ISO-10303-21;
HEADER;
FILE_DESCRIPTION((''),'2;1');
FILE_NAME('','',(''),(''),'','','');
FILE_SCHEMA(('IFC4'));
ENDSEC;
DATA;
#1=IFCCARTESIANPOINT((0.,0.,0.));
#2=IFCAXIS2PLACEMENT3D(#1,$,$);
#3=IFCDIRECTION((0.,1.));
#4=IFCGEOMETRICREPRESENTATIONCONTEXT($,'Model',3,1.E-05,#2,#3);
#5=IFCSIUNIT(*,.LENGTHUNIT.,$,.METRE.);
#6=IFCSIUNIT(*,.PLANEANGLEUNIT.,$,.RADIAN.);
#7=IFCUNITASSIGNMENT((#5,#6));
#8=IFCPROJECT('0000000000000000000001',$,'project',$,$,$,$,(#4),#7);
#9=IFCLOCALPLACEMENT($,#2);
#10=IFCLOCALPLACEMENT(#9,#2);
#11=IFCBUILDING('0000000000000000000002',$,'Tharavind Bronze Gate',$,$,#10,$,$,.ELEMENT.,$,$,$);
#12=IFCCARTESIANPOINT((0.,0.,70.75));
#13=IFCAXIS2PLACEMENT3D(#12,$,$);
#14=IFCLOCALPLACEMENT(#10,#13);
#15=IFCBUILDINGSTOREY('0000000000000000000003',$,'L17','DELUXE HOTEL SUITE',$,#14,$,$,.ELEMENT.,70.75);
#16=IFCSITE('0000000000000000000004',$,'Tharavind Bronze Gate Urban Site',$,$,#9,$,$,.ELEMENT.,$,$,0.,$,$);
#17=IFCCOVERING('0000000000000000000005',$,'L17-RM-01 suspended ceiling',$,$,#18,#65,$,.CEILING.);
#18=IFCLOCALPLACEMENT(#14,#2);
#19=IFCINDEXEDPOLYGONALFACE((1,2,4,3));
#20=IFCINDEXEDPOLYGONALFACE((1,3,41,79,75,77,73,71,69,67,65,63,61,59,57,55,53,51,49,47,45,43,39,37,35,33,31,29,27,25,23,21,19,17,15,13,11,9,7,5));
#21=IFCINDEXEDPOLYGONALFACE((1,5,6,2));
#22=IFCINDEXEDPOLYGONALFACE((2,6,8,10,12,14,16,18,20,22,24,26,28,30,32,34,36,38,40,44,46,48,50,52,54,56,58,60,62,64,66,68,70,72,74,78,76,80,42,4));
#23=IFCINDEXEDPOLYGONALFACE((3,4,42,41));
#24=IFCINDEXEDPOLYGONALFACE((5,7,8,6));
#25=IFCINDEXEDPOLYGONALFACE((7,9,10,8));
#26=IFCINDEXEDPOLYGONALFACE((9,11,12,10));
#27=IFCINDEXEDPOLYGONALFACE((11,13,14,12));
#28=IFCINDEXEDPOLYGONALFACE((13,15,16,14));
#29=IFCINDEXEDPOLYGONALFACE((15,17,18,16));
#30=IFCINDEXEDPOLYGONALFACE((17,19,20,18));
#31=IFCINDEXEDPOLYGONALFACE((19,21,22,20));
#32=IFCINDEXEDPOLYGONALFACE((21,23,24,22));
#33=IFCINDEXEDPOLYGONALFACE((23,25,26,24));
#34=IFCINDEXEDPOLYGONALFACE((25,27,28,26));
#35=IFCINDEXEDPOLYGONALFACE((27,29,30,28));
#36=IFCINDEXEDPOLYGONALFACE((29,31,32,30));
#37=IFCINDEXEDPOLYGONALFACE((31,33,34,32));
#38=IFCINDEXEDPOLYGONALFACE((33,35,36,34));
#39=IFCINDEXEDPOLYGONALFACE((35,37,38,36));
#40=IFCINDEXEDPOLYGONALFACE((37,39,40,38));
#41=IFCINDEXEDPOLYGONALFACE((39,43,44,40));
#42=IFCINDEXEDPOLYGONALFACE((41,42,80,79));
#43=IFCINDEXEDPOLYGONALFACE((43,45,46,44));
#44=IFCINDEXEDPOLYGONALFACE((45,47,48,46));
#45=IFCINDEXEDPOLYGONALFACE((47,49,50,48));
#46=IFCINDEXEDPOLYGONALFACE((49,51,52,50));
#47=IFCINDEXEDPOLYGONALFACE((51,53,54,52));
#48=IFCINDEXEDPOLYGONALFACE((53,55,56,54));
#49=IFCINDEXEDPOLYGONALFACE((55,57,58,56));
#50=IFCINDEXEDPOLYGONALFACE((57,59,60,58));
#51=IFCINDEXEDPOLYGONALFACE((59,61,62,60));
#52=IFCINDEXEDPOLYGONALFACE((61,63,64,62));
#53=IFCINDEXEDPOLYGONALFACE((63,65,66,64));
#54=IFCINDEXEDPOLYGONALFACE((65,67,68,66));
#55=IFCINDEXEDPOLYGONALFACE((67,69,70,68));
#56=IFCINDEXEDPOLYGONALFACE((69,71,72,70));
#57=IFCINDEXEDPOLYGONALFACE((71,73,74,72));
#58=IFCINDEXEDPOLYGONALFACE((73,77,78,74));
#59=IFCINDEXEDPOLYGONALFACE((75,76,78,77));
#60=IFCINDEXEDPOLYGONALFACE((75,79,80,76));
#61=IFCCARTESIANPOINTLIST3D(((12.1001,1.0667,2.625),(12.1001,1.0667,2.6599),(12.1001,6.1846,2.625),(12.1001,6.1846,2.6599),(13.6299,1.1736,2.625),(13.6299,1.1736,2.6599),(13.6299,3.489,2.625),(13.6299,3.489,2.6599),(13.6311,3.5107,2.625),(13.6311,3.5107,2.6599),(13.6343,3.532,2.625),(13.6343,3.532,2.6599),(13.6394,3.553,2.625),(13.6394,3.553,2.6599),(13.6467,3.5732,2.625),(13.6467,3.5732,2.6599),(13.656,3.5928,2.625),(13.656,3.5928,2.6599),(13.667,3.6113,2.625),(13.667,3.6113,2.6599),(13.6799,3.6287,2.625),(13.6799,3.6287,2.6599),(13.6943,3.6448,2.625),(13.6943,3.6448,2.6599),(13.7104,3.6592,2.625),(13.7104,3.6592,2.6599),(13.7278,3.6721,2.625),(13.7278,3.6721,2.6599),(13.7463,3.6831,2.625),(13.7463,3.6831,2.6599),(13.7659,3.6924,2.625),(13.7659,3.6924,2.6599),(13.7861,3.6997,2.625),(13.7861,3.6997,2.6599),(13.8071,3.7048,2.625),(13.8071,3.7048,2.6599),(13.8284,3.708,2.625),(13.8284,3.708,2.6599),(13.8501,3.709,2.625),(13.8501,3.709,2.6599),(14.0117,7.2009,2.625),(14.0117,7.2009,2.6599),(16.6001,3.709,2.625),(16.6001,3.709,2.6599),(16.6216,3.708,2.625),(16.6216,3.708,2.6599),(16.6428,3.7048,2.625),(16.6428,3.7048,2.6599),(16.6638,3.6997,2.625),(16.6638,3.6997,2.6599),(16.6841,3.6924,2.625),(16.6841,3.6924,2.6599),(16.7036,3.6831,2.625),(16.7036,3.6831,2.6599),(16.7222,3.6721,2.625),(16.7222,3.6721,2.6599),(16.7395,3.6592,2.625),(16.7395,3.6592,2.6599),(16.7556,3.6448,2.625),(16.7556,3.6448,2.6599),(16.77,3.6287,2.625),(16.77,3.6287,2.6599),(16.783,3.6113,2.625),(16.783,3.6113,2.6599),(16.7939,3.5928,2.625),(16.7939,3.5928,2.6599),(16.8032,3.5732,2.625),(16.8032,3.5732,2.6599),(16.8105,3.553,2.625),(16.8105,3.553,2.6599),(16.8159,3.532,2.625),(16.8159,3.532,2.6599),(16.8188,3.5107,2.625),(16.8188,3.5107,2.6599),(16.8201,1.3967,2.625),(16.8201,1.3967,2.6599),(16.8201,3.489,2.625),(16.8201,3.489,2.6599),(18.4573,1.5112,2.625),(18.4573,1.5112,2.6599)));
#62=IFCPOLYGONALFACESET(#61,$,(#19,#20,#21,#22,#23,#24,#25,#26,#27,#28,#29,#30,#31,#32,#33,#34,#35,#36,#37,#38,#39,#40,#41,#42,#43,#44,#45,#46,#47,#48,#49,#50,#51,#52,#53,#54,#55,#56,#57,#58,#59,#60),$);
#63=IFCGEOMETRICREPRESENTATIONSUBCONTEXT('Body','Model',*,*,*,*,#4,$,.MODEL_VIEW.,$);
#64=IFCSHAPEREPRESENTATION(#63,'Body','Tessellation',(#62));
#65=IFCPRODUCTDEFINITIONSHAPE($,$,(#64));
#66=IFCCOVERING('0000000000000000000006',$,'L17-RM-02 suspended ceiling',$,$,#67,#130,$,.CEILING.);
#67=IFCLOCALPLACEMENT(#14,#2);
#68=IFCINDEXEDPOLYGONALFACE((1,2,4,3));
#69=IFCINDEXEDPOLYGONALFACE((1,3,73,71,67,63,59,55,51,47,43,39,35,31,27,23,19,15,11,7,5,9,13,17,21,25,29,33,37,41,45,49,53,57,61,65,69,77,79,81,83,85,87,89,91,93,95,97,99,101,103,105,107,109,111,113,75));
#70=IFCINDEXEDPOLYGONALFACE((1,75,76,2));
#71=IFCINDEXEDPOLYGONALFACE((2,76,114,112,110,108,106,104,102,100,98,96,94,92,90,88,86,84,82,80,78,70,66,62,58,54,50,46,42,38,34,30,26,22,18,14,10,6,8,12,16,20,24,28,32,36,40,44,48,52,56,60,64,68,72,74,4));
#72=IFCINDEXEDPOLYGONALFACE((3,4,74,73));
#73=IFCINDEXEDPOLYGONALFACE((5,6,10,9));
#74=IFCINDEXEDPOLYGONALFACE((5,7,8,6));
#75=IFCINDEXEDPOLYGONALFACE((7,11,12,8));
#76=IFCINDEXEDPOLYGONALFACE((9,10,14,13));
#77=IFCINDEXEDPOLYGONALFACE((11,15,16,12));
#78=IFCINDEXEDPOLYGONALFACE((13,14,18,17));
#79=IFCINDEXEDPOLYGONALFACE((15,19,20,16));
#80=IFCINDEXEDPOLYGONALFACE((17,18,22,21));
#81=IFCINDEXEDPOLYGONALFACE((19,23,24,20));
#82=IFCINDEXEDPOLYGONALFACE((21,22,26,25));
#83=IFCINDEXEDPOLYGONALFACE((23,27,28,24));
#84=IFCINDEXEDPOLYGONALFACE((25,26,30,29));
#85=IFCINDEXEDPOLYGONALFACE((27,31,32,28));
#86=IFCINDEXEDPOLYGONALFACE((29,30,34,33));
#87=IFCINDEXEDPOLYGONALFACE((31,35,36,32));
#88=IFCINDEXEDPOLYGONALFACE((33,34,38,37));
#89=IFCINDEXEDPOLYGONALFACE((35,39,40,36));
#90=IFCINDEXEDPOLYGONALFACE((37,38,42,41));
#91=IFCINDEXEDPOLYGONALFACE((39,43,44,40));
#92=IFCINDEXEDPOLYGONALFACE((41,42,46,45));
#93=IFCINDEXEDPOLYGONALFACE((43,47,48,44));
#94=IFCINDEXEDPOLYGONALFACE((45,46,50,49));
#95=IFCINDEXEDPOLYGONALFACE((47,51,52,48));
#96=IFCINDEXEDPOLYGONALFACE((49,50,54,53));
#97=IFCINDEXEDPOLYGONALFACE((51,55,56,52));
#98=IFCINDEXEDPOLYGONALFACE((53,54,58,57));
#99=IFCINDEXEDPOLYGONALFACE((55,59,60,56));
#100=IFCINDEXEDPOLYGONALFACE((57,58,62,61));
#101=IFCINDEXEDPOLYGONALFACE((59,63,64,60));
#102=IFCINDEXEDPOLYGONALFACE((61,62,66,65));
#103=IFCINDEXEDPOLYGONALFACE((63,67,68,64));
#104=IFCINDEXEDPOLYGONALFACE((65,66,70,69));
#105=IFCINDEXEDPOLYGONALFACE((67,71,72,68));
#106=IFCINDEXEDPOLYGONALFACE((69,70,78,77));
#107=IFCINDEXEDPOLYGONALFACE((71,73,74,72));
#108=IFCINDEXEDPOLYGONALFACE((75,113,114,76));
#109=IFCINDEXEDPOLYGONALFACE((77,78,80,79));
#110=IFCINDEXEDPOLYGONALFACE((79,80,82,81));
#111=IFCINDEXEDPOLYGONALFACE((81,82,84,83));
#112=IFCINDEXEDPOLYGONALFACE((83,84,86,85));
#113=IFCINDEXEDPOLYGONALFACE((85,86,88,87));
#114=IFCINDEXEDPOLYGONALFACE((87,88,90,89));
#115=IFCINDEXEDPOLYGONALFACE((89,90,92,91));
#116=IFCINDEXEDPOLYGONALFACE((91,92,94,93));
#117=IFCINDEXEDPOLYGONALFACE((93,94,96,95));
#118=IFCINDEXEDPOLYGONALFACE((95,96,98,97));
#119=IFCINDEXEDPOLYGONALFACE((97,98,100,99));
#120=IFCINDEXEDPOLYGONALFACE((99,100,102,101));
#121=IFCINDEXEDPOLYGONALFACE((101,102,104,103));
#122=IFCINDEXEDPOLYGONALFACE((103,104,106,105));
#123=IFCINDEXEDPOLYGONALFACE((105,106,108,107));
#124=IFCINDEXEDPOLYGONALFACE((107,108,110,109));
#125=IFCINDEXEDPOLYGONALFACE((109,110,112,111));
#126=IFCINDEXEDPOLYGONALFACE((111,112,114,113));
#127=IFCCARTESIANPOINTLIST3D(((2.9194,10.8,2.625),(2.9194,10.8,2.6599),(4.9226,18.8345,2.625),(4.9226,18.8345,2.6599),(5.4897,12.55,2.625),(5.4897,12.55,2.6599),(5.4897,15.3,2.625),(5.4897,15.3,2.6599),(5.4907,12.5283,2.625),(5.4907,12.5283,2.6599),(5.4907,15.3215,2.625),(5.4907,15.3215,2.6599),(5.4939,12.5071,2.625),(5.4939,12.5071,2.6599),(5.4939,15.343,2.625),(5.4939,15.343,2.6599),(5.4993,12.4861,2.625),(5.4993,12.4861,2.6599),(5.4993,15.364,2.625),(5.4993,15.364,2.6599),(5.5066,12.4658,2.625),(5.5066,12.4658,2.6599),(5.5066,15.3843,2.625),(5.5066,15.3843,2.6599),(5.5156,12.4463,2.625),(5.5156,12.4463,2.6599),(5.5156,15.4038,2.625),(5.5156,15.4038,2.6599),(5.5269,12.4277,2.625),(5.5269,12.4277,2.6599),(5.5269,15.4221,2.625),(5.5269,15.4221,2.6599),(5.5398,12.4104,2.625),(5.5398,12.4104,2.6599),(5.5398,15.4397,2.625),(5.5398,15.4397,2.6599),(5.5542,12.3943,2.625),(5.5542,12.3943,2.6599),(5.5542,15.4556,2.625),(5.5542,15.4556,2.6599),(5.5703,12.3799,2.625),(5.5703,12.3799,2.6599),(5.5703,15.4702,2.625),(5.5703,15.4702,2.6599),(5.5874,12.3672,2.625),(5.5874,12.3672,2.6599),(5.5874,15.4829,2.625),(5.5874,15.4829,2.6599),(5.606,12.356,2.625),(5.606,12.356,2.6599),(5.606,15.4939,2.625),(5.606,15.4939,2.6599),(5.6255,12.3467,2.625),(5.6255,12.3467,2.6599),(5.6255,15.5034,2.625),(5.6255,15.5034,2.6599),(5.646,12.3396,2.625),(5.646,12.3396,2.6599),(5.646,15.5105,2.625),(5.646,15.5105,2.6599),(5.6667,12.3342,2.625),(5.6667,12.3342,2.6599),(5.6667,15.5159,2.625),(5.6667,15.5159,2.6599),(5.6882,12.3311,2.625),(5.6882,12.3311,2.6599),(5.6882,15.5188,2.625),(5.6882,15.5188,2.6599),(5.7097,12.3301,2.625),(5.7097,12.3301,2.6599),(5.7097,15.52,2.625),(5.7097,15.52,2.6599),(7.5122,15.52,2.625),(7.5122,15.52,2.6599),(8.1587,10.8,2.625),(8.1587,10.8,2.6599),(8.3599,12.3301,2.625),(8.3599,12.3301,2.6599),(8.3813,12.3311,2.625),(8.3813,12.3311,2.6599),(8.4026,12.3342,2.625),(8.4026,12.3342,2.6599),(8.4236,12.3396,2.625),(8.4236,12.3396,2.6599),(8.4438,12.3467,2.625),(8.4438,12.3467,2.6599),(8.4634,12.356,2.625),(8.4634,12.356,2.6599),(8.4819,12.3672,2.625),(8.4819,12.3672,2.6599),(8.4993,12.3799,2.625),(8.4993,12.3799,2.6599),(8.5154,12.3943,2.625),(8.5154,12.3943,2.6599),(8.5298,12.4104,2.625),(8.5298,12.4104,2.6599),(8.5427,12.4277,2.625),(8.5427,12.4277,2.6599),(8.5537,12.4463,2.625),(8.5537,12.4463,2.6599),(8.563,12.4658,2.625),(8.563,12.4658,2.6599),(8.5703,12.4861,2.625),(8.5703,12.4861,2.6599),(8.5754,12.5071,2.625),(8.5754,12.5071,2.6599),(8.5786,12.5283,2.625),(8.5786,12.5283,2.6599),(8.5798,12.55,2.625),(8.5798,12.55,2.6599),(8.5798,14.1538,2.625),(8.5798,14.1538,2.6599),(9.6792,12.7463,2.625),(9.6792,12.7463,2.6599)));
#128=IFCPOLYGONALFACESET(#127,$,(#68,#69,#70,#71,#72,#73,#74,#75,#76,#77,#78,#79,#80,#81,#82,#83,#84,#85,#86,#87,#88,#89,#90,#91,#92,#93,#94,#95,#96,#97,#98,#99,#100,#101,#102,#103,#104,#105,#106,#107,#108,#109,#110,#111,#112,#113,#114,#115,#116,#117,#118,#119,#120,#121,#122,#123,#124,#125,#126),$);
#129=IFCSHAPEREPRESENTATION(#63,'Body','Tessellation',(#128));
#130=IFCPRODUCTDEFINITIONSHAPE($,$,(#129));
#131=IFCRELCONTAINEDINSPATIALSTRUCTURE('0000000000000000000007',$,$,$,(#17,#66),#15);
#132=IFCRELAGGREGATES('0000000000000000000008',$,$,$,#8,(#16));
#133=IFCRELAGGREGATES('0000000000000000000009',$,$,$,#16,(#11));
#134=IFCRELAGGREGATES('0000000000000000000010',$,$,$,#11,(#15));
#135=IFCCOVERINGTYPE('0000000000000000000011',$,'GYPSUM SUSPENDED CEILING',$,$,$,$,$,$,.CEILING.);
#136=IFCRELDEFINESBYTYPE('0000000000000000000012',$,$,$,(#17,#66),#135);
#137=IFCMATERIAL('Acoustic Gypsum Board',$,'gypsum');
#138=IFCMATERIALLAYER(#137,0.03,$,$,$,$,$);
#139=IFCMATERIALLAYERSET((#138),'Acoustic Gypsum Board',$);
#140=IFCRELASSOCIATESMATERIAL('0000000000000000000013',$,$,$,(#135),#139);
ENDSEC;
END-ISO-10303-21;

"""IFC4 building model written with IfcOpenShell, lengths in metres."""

from ifc_helpers import new_model, si_unit, direction, frame, origin, place, context, subcontext, project, spatial, polyline, outline, extrude, material, layer, layer_set, type_object, element, save


model = new_model("IFC4")

# Units and contexts
model_context = context("Model", 3, precision=1e-05, world=origin(), true_north=direction((0.0, 1.0)))
body_context = subcontext(model_context, "Body", "Model", "MODEL_VIEW")
ifc_project = project(units=[si_unit("LENGTHUNIT", "METRE"), si_unit("PLANEANGLEUNIT", "RADIAN")], contexts=[model_context])

# Site, building, storey
site_placement = place(None, origin())
site = spatial("IfcSite", under=ifc_project, at=site_placement, Name="Tharavind Bronze Gate Urban Site", CompositionType="ELEMENT", RefElevation=0.0)
building_placement = place(site_placement, origin())
building = spatial("IfcBuilding", under=site, at=building_placement, Name="Tharavind Bronze Gate", CompositionType="ELEMENT")
storey_placement = place(building_placement, frame((0.0, 0.0, 70.75)))
storey = spatial("IfcBuildingStorey", under=building, at=storey_placement, Name="L17", Description="DELUXE HOTEL SUITE", CompositionType="ELEMENT", Elevation=70.75)

# Coverings
ifc_material_1 = material(Name="Acoustic Gypsum Board", Category="gypsum")
ifc_layer_1 = layer(ifc_material_1, 0.03)
ifc_layer_set_1 = layer_set([ifc_layer_1], Name="Acoustic Gypsum Board")
covering_type_1 = type_object("IfcCoveringType", Name="GYPSUM SUSPENDED CEILING", PredefinedType="CEILING", material=ifc_layer_set_1)
covering_1_placement = place(storey_placement, frame((0.0, 0.0, 2.625)))
element("IfcCovering", 1, at=covering_1_placement, inside=storey, type_object=covering_type_1, Name="L17-RM-01 suspended ceiling", PredefinedType="CEILING", context=body_context, shape_type="SweptSolid", body=[
    extrude(outline(polyline([(13.6299, 1.1736), (13.6299, 3.489), (13.6311, 3.5107), (13.6343, 3.532), (13.6394, 3.553), (13.6467, 3.5732), (13.656, 3.5928), (13.667, 3.6113), (13.6799, 3.6287), (13.6943, 3.6448), (13.7104, 3.6592), (13.7278, 3.6721), (13.7463, 3.6831), (13.7659, 3.6924), (13.7861, 3.6997), (13.8071, 3.7048), (13.8284, 3.708), (13.8501, 3.709), (16.6001, 3.709), (16.6216, 3.708), (16.6428, 3.7048), (16.6638, 3.6997), (16.6841, 3.6924), (16.7036, 3.6831), (16.7222, 3.6721), (16.7395, 3.6592), (16.7556, 3.6448), (16.77, 3.6287), (16.783, 3.6113), (16.7939, 3.5928), (16.8032, 3.5732), (16.8105, 3.553), (16.8159, 3.532), (16.8188, 3.5107), (16.8201, 3.489), (16.8201, 1.3967), (18.4573, 1.5112), (14.0117, 7.2009), (12.1001, 6.1846), (12.1001, 1.0667), (13.6299, 1.1736)])), origin(), (0.0, 0.0, 1.0), 0.0349),
])
covering_2_placement = place(storey_placement, frame((0.0, 0.0, 2.625)))
element("IfcCovering", 2, at=covering_2_placement, inside=storey, type_object=covering_type_1, Name="L17-RM-02 suspended ceiling", PredefinedType="CEILING", context=body_context, shape_type="SweptSolid", body=[
    extrude(outline(polyline([(8.1587, 10.8), (9.6792, 12.7463), (8.5798, 14.1538), (8.5798, 12.55), (8.5786, 12.5283), (8.5754, 12.5071), (8.5703, 12.4861), (8.563, 12.4658), (8.5537, 12.4463), (8.5427, 12.4277), (8.5298, 12.4104), (8.5154, 12.3943), (8.4993, 12.3799), (8.4819, 12.3672), (8.4634, 12.356), (8.4438, 12.3467), (8.4236, 12.3396), (8.4026, 12.3342), (8.3813, 12.3311), (8.3599, 12.3301), (5.7097, 12.3301), (5.6882, 12.3311), (5.6667, 12.3342), (5.646, 12.3396), (5.6255, 12.3467), (5.606, 12.356), (5.5874, 12.3672), (5.5703, 12.3799), (5.5542, 12.3943), (5.5398, 12.4104), (5.5269, 12.4277), (5.5156, 12.4463), (5.5066, 12.4658), (5.4993, 12.4861), (5.4939, 12.5071), (5.4907, 12.5283), (5.4897, 12.55), (5.4897, 15.3), (5.4907, 15.3215), (5.4939, 15.343), (5.4993, 15.364), (5.5066, 15.3843), (5.5156, 15.4038), (5.5269, 15.4221), (5.5398, 15.4397), (5.5542, 15.4556), (5.5703, 15.4702), (5.5874, 15.4829), (5.606, 15.4939), (5.6255, 15.5034), (5.646, 15.5105), (5.6667, 15.5159), (5.6882, 15.5188), (5.7097, 15.52), (7.5122, 15.52), (4.9226, 18.8345), (2.9194, 10.8), (8.1587, 10.8)])), origin(), (0.0, 0.0, 1.0), 0.0349),
])

save(model, "model.ifc")
